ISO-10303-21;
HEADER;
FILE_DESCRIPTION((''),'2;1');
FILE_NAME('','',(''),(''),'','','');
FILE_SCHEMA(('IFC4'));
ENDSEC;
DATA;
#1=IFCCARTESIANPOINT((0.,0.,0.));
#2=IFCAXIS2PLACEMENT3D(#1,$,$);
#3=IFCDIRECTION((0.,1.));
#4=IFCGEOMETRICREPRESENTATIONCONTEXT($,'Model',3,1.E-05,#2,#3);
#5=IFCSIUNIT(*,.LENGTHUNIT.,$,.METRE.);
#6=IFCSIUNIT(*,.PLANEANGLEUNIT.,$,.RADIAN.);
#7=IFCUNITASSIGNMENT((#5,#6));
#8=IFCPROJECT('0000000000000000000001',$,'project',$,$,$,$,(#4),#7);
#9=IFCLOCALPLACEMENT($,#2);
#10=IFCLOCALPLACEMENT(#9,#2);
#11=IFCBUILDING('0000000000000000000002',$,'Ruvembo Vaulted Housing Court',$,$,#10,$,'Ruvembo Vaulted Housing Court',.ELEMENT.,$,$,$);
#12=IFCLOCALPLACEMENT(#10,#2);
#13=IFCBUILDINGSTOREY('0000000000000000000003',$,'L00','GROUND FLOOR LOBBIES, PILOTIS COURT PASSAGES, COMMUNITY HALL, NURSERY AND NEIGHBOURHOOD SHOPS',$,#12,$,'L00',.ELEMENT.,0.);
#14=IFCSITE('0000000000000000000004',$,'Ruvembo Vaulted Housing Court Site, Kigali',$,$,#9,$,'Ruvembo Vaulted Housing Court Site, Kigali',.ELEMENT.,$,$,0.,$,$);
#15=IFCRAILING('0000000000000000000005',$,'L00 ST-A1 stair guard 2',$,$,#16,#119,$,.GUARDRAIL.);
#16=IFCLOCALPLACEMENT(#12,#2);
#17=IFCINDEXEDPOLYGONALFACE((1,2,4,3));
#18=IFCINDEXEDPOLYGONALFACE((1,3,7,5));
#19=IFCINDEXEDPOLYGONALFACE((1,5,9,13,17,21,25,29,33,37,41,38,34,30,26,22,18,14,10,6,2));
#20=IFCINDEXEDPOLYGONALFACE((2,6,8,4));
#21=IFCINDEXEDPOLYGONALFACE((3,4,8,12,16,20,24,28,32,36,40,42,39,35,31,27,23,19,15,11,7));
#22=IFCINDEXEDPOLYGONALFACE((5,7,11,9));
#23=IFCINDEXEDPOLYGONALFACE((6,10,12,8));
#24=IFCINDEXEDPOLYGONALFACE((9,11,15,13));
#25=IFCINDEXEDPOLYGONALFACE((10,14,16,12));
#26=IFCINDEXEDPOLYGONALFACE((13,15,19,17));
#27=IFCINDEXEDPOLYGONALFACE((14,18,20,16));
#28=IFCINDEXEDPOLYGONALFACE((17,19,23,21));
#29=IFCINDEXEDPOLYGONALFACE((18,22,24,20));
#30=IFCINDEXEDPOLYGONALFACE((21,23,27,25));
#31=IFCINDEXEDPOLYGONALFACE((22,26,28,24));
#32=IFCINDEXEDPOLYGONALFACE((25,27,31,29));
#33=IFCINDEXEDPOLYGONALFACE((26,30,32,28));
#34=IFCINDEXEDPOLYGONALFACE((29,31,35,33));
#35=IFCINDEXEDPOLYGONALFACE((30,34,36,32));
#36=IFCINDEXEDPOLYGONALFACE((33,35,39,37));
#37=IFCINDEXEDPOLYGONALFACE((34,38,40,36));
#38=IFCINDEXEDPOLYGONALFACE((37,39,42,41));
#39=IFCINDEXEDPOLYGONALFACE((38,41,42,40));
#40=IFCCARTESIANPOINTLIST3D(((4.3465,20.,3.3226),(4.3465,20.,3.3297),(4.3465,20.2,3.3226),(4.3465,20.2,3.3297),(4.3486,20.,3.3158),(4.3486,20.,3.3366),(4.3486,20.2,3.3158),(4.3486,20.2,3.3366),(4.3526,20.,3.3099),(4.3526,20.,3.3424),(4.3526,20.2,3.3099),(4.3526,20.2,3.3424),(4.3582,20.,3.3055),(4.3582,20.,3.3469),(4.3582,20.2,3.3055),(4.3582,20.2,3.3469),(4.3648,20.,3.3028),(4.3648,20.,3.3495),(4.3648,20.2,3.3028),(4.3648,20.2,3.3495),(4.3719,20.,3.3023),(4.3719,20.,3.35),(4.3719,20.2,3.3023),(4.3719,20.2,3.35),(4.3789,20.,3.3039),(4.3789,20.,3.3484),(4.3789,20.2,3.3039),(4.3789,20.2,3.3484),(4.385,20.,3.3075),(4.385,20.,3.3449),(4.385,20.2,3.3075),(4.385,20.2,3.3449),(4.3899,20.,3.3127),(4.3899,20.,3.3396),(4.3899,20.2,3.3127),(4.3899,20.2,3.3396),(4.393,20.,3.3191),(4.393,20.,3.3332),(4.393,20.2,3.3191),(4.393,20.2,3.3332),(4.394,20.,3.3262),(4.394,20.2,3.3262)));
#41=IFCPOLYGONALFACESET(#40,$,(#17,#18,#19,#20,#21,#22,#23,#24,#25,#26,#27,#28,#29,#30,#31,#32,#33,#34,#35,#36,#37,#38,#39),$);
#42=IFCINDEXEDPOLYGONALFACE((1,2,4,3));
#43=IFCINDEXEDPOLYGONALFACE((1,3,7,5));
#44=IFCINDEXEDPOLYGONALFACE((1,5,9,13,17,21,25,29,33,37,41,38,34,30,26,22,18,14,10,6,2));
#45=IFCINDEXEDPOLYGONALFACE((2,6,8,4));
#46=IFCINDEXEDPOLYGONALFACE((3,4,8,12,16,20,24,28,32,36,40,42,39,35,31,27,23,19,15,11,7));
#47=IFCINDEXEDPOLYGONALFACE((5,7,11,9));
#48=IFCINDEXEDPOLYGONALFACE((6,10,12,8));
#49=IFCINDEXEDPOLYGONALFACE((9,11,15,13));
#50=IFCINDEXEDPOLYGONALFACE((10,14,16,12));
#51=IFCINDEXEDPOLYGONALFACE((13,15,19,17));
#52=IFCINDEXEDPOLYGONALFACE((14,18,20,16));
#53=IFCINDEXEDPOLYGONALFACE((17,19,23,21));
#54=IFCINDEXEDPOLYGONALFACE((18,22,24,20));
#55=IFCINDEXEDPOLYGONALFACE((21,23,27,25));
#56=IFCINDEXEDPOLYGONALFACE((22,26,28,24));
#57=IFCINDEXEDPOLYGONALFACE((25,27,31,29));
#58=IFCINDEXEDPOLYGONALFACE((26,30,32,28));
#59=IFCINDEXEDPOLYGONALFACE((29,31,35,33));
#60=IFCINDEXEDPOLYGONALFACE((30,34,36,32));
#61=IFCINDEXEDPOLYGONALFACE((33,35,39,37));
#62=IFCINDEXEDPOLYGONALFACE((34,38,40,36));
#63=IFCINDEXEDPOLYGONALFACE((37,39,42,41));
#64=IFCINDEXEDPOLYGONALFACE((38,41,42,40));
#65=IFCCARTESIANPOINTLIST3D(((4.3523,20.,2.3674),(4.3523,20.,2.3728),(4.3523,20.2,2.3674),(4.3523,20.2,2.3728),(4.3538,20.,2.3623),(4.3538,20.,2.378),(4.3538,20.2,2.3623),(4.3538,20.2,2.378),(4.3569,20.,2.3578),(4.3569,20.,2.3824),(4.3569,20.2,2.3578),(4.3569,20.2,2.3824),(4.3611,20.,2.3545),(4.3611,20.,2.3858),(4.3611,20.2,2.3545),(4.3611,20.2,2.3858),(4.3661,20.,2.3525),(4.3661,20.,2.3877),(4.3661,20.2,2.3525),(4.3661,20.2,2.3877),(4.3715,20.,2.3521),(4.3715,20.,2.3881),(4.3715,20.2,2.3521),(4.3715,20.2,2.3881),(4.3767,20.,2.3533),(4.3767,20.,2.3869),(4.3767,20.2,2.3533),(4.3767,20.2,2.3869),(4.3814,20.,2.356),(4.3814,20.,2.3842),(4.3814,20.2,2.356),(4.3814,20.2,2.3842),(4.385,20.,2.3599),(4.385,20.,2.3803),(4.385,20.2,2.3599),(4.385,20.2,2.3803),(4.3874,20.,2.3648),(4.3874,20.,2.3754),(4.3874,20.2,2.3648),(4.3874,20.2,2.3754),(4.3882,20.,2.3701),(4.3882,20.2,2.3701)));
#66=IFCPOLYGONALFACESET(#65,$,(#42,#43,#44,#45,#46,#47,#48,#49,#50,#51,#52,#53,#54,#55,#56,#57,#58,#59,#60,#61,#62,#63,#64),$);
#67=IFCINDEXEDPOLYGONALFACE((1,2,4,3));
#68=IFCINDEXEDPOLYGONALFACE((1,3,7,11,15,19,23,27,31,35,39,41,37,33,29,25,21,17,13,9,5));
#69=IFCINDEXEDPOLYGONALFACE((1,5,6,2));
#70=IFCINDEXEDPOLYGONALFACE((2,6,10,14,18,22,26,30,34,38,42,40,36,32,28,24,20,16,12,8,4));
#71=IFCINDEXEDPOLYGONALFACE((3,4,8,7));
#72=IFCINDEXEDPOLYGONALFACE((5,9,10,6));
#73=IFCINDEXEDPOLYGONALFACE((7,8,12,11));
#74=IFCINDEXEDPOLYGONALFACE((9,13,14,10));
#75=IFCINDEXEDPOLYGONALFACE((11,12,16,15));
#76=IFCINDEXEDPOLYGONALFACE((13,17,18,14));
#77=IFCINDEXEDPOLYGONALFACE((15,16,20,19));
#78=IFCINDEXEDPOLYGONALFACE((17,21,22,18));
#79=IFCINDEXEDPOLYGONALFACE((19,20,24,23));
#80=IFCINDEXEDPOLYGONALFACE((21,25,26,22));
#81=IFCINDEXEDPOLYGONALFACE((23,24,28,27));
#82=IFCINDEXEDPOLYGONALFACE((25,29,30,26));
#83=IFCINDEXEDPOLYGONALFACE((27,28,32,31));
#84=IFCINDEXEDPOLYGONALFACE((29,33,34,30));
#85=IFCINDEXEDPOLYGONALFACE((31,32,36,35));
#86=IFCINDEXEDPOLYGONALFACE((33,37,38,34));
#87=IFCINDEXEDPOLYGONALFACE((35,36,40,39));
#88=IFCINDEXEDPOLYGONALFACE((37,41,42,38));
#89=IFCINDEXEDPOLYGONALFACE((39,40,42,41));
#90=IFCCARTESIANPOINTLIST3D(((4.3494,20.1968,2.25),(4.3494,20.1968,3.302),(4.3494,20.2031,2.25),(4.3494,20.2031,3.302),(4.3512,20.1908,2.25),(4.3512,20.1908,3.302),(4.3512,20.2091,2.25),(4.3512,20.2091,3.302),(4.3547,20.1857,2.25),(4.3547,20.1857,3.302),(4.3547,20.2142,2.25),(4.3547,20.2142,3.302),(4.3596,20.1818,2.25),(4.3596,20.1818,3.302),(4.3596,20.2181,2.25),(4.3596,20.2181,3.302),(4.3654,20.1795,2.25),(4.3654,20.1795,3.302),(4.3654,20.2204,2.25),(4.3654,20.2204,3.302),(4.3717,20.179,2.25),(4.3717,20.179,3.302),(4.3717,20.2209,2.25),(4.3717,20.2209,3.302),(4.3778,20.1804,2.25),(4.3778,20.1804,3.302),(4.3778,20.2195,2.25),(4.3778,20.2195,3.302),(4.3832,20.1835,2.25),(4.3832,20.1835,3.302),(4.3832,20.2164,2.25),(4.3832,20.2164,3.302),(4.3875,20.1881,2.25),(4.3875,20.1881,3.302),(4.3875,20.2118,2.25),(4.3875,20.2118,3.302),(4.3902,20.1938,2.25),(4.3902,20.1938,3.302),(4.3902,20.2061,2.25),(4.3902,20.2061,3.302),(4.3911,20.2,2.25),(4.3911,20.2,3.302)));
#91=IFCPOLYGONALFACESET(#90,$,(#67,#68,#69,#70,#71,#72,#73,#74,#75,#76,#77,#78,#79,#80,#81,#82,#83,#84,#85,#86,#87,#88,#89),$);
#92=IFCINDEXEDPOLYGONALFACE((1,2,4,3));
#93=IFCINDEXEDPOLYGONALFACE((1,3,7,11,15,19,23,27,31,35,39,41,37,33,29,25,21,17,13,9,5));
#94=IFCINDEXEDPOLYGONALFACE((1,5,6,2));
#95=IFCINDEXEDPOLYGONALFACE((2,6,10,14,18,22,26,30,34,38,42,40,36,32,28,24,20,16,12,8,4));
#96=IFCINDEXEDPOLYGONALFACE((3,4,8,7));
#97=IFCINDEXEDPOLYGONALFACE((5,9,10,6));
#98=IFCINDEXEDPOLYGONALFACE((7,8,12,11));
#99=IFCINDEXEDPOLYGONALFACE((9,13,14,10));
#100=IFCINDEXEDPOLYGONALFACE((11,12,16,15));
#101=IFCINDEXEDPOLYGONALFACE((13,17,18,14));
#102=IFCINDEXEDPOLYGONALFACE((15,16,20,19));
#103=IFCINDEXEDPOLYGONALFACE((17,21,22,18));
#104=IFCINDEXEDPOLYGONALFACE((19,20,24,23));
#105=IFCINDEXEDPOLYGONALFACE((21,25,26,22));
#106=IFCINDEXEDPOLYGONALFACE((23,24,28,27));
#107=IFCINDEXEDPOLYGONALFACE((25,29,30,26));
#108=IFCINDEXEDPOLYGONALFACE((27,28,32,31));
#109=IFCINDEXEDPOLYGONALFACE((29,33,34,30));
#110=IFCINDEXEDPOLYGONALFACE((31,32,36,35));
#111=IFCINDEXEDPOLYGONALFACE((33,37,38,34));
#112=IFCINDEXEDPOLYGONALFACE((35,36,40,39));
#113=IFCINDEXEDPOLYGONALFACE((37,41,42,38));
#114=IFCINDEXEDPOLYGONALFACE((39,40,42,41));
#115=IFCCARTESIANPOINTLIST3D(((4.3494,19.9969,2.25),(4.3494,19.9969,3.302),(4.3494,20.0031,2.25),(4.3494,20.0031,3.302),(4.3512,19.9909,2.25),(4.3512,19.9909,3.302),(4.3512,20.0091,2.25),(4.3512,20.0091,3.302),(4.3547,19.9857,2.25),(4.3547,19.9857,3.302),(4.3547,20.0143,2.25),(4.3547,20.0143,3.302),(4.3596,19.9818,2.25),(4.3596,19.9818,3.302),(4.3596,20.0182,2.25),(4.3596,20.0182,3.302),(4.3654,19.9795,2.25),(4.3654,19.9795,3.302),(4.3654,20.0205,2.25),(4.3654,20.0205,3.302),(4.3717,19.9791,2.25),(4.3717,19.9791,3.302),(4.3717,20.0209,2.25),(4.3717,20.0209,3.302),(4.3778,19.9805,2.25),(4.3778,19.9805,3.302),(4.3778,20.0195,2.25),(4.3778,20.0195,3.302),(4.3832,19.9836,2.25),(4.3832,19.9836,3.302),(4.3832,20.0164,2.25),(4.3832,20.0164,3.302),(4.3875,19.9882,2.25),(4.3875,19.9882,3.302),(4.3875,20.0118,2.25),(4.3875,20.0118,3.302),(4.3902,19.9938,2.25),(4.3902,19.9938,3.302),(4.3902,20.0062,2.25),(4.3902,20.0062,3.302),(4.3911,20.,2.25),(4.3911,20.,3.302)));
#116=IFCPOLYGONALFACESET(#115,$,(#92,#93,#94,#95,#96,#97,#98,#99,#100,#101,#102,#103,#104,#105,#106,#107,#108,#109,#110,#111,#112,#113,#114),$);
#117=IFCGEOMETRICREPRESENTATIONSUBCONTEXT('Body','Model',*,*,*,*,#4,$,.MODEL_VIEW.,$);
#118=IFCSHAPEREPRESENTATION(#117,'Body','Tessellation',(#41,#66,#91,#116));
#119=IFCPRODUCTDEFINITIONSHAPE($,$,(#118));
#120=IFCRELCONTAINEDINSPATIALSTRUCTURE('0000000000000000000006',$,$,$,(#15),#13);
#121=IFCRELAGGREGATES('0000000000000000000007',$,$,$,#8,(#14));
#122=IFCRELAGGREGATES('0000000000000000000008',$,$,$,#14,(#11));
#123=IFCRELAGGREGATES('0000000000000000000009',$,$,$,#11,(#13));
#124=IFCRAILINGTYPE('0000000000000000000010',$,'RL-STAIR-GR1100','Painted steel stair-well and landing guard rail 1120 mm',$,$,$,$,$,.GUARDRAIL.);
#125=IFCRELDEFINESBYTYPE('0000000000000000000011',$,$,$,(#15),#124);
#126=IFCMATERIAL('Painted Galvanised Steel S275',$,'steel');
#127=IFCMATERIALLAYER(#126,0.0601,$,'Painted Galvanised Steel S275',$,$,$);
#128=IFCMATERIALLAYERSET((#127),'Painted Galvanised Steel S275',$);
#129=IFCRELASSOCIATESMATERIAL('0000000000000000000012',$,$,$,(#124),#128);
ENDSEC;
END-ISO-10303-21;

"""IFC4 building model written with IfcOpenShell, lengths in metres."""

from ifc_helpers import new_model, si_unit, direction, frame, origin, origin_2d, place, context, subcontext, project, spatial, circle, extrude, material, layer, layer_set, type_object, element, save


model = new_model("IFC4")

# Units and contexts
model_context = context("Model", 3, precision=1e-05, world=origin(), true_north=direction((0.0, 1.0)))
body_context = subcontext(model_context, "Body", "Model", "MODEL_VIEW")
ifc_project = project(units=[si_unit("LENGTHUNIT", "METRE"), si_unit("PLANEANGLEUNIT", "RADIAN")], contexts=[model_context])

# Site, building, storey
site_placement = place(None, origin())
site = spatial("IfcSite", under=ifc_project, at=site_placement, Name="Ruvembo Vaulted Housing Court Site, Kigali", LongName="Ruvembo Vaulted Housing Court Site, Kigali", CompositionType="ELEMENT", RefElevation=0.0)
building_placement = place(site_placement, origin())
building = spatial("IfcBuilding", under=site, at=building_placement, Name="Ruvembo Vaulted Housing Court", LongName="Ruvembo Vaulted Housing Court", CompositionType="ELEMENT")
storey_placement = place(building_placement, origin())
storey = spatial("IfcBuildingStorey", under=building, at=storey_placement, Name="L00", Description="GROUND FLOOR LOBBIES, PILOTIS COURT PASSAGES, COMMUNITY HALL, NURSERY AND NEIGHBOURHOOD SHOPS", LongName="L00", CompositionType="ELEMENT", Elevation=0.0)

# Railing
ifc_material_1 = material(Name="Painted Galvanised Steel S275", Category="steel")
ifc_layer_1 = layer(ifc_material_1, 0.0601, Name="Painted Galvanised Steel S275")
ifc_layer_set_1 = layer_set([ifc_layer_1], Name="Painted Galvanised Steel S275")
railing_type_1 = type_object("IfcRailingType", Name="RL-STAIR-GR1100", Description="Painted steel stair-well and landing guard rail 1120 mm", PredefinedType="GUARDRAIL", material=ifc_layer_set_1)
railing_1_placement = place(storey_placement, frame((4.3701, 20.2, 2.25)))
element("IfcRailing", 1, at=railing_1_placement, inside=storey, type_object=railing_type_1, Name="L00 ST-A1 stair guard 2", PredefinedType="GUARDRAIL", context=body_context, shape_type="SweptSolid", body=[
    extrude(circle(Radius=0.0239, at=origin_2d()), frame((0.0, 0.0, 1.0762), z_axis=(0.0, -1.0, 0.0), x_axis=(1.0, 0.0, 0.0)), (0.0, 0.0, 1.0), 0.2),
    extrude(circle(Radius=0.0181, at=origin_2d()), frame((0.0, 0.0, 0.1201), z_axis=(0.0, -1.0, 0.0), x_axis=(1.0, 0.0, 0.0)), (0.0, 0.0, 1.0), 0.2),
    extrude(circle(Radius=0.021, at=origin_2d()), origin(), (0.0, 0.0, 1.0), 1.052),
    extrude(circle(Radius=0.021, at=origin_2d()), frame((0.0, -0.2, 0.0)), (0.0, 0.0, 1.0), 1.052),
])

save(model, "model.ifc")
